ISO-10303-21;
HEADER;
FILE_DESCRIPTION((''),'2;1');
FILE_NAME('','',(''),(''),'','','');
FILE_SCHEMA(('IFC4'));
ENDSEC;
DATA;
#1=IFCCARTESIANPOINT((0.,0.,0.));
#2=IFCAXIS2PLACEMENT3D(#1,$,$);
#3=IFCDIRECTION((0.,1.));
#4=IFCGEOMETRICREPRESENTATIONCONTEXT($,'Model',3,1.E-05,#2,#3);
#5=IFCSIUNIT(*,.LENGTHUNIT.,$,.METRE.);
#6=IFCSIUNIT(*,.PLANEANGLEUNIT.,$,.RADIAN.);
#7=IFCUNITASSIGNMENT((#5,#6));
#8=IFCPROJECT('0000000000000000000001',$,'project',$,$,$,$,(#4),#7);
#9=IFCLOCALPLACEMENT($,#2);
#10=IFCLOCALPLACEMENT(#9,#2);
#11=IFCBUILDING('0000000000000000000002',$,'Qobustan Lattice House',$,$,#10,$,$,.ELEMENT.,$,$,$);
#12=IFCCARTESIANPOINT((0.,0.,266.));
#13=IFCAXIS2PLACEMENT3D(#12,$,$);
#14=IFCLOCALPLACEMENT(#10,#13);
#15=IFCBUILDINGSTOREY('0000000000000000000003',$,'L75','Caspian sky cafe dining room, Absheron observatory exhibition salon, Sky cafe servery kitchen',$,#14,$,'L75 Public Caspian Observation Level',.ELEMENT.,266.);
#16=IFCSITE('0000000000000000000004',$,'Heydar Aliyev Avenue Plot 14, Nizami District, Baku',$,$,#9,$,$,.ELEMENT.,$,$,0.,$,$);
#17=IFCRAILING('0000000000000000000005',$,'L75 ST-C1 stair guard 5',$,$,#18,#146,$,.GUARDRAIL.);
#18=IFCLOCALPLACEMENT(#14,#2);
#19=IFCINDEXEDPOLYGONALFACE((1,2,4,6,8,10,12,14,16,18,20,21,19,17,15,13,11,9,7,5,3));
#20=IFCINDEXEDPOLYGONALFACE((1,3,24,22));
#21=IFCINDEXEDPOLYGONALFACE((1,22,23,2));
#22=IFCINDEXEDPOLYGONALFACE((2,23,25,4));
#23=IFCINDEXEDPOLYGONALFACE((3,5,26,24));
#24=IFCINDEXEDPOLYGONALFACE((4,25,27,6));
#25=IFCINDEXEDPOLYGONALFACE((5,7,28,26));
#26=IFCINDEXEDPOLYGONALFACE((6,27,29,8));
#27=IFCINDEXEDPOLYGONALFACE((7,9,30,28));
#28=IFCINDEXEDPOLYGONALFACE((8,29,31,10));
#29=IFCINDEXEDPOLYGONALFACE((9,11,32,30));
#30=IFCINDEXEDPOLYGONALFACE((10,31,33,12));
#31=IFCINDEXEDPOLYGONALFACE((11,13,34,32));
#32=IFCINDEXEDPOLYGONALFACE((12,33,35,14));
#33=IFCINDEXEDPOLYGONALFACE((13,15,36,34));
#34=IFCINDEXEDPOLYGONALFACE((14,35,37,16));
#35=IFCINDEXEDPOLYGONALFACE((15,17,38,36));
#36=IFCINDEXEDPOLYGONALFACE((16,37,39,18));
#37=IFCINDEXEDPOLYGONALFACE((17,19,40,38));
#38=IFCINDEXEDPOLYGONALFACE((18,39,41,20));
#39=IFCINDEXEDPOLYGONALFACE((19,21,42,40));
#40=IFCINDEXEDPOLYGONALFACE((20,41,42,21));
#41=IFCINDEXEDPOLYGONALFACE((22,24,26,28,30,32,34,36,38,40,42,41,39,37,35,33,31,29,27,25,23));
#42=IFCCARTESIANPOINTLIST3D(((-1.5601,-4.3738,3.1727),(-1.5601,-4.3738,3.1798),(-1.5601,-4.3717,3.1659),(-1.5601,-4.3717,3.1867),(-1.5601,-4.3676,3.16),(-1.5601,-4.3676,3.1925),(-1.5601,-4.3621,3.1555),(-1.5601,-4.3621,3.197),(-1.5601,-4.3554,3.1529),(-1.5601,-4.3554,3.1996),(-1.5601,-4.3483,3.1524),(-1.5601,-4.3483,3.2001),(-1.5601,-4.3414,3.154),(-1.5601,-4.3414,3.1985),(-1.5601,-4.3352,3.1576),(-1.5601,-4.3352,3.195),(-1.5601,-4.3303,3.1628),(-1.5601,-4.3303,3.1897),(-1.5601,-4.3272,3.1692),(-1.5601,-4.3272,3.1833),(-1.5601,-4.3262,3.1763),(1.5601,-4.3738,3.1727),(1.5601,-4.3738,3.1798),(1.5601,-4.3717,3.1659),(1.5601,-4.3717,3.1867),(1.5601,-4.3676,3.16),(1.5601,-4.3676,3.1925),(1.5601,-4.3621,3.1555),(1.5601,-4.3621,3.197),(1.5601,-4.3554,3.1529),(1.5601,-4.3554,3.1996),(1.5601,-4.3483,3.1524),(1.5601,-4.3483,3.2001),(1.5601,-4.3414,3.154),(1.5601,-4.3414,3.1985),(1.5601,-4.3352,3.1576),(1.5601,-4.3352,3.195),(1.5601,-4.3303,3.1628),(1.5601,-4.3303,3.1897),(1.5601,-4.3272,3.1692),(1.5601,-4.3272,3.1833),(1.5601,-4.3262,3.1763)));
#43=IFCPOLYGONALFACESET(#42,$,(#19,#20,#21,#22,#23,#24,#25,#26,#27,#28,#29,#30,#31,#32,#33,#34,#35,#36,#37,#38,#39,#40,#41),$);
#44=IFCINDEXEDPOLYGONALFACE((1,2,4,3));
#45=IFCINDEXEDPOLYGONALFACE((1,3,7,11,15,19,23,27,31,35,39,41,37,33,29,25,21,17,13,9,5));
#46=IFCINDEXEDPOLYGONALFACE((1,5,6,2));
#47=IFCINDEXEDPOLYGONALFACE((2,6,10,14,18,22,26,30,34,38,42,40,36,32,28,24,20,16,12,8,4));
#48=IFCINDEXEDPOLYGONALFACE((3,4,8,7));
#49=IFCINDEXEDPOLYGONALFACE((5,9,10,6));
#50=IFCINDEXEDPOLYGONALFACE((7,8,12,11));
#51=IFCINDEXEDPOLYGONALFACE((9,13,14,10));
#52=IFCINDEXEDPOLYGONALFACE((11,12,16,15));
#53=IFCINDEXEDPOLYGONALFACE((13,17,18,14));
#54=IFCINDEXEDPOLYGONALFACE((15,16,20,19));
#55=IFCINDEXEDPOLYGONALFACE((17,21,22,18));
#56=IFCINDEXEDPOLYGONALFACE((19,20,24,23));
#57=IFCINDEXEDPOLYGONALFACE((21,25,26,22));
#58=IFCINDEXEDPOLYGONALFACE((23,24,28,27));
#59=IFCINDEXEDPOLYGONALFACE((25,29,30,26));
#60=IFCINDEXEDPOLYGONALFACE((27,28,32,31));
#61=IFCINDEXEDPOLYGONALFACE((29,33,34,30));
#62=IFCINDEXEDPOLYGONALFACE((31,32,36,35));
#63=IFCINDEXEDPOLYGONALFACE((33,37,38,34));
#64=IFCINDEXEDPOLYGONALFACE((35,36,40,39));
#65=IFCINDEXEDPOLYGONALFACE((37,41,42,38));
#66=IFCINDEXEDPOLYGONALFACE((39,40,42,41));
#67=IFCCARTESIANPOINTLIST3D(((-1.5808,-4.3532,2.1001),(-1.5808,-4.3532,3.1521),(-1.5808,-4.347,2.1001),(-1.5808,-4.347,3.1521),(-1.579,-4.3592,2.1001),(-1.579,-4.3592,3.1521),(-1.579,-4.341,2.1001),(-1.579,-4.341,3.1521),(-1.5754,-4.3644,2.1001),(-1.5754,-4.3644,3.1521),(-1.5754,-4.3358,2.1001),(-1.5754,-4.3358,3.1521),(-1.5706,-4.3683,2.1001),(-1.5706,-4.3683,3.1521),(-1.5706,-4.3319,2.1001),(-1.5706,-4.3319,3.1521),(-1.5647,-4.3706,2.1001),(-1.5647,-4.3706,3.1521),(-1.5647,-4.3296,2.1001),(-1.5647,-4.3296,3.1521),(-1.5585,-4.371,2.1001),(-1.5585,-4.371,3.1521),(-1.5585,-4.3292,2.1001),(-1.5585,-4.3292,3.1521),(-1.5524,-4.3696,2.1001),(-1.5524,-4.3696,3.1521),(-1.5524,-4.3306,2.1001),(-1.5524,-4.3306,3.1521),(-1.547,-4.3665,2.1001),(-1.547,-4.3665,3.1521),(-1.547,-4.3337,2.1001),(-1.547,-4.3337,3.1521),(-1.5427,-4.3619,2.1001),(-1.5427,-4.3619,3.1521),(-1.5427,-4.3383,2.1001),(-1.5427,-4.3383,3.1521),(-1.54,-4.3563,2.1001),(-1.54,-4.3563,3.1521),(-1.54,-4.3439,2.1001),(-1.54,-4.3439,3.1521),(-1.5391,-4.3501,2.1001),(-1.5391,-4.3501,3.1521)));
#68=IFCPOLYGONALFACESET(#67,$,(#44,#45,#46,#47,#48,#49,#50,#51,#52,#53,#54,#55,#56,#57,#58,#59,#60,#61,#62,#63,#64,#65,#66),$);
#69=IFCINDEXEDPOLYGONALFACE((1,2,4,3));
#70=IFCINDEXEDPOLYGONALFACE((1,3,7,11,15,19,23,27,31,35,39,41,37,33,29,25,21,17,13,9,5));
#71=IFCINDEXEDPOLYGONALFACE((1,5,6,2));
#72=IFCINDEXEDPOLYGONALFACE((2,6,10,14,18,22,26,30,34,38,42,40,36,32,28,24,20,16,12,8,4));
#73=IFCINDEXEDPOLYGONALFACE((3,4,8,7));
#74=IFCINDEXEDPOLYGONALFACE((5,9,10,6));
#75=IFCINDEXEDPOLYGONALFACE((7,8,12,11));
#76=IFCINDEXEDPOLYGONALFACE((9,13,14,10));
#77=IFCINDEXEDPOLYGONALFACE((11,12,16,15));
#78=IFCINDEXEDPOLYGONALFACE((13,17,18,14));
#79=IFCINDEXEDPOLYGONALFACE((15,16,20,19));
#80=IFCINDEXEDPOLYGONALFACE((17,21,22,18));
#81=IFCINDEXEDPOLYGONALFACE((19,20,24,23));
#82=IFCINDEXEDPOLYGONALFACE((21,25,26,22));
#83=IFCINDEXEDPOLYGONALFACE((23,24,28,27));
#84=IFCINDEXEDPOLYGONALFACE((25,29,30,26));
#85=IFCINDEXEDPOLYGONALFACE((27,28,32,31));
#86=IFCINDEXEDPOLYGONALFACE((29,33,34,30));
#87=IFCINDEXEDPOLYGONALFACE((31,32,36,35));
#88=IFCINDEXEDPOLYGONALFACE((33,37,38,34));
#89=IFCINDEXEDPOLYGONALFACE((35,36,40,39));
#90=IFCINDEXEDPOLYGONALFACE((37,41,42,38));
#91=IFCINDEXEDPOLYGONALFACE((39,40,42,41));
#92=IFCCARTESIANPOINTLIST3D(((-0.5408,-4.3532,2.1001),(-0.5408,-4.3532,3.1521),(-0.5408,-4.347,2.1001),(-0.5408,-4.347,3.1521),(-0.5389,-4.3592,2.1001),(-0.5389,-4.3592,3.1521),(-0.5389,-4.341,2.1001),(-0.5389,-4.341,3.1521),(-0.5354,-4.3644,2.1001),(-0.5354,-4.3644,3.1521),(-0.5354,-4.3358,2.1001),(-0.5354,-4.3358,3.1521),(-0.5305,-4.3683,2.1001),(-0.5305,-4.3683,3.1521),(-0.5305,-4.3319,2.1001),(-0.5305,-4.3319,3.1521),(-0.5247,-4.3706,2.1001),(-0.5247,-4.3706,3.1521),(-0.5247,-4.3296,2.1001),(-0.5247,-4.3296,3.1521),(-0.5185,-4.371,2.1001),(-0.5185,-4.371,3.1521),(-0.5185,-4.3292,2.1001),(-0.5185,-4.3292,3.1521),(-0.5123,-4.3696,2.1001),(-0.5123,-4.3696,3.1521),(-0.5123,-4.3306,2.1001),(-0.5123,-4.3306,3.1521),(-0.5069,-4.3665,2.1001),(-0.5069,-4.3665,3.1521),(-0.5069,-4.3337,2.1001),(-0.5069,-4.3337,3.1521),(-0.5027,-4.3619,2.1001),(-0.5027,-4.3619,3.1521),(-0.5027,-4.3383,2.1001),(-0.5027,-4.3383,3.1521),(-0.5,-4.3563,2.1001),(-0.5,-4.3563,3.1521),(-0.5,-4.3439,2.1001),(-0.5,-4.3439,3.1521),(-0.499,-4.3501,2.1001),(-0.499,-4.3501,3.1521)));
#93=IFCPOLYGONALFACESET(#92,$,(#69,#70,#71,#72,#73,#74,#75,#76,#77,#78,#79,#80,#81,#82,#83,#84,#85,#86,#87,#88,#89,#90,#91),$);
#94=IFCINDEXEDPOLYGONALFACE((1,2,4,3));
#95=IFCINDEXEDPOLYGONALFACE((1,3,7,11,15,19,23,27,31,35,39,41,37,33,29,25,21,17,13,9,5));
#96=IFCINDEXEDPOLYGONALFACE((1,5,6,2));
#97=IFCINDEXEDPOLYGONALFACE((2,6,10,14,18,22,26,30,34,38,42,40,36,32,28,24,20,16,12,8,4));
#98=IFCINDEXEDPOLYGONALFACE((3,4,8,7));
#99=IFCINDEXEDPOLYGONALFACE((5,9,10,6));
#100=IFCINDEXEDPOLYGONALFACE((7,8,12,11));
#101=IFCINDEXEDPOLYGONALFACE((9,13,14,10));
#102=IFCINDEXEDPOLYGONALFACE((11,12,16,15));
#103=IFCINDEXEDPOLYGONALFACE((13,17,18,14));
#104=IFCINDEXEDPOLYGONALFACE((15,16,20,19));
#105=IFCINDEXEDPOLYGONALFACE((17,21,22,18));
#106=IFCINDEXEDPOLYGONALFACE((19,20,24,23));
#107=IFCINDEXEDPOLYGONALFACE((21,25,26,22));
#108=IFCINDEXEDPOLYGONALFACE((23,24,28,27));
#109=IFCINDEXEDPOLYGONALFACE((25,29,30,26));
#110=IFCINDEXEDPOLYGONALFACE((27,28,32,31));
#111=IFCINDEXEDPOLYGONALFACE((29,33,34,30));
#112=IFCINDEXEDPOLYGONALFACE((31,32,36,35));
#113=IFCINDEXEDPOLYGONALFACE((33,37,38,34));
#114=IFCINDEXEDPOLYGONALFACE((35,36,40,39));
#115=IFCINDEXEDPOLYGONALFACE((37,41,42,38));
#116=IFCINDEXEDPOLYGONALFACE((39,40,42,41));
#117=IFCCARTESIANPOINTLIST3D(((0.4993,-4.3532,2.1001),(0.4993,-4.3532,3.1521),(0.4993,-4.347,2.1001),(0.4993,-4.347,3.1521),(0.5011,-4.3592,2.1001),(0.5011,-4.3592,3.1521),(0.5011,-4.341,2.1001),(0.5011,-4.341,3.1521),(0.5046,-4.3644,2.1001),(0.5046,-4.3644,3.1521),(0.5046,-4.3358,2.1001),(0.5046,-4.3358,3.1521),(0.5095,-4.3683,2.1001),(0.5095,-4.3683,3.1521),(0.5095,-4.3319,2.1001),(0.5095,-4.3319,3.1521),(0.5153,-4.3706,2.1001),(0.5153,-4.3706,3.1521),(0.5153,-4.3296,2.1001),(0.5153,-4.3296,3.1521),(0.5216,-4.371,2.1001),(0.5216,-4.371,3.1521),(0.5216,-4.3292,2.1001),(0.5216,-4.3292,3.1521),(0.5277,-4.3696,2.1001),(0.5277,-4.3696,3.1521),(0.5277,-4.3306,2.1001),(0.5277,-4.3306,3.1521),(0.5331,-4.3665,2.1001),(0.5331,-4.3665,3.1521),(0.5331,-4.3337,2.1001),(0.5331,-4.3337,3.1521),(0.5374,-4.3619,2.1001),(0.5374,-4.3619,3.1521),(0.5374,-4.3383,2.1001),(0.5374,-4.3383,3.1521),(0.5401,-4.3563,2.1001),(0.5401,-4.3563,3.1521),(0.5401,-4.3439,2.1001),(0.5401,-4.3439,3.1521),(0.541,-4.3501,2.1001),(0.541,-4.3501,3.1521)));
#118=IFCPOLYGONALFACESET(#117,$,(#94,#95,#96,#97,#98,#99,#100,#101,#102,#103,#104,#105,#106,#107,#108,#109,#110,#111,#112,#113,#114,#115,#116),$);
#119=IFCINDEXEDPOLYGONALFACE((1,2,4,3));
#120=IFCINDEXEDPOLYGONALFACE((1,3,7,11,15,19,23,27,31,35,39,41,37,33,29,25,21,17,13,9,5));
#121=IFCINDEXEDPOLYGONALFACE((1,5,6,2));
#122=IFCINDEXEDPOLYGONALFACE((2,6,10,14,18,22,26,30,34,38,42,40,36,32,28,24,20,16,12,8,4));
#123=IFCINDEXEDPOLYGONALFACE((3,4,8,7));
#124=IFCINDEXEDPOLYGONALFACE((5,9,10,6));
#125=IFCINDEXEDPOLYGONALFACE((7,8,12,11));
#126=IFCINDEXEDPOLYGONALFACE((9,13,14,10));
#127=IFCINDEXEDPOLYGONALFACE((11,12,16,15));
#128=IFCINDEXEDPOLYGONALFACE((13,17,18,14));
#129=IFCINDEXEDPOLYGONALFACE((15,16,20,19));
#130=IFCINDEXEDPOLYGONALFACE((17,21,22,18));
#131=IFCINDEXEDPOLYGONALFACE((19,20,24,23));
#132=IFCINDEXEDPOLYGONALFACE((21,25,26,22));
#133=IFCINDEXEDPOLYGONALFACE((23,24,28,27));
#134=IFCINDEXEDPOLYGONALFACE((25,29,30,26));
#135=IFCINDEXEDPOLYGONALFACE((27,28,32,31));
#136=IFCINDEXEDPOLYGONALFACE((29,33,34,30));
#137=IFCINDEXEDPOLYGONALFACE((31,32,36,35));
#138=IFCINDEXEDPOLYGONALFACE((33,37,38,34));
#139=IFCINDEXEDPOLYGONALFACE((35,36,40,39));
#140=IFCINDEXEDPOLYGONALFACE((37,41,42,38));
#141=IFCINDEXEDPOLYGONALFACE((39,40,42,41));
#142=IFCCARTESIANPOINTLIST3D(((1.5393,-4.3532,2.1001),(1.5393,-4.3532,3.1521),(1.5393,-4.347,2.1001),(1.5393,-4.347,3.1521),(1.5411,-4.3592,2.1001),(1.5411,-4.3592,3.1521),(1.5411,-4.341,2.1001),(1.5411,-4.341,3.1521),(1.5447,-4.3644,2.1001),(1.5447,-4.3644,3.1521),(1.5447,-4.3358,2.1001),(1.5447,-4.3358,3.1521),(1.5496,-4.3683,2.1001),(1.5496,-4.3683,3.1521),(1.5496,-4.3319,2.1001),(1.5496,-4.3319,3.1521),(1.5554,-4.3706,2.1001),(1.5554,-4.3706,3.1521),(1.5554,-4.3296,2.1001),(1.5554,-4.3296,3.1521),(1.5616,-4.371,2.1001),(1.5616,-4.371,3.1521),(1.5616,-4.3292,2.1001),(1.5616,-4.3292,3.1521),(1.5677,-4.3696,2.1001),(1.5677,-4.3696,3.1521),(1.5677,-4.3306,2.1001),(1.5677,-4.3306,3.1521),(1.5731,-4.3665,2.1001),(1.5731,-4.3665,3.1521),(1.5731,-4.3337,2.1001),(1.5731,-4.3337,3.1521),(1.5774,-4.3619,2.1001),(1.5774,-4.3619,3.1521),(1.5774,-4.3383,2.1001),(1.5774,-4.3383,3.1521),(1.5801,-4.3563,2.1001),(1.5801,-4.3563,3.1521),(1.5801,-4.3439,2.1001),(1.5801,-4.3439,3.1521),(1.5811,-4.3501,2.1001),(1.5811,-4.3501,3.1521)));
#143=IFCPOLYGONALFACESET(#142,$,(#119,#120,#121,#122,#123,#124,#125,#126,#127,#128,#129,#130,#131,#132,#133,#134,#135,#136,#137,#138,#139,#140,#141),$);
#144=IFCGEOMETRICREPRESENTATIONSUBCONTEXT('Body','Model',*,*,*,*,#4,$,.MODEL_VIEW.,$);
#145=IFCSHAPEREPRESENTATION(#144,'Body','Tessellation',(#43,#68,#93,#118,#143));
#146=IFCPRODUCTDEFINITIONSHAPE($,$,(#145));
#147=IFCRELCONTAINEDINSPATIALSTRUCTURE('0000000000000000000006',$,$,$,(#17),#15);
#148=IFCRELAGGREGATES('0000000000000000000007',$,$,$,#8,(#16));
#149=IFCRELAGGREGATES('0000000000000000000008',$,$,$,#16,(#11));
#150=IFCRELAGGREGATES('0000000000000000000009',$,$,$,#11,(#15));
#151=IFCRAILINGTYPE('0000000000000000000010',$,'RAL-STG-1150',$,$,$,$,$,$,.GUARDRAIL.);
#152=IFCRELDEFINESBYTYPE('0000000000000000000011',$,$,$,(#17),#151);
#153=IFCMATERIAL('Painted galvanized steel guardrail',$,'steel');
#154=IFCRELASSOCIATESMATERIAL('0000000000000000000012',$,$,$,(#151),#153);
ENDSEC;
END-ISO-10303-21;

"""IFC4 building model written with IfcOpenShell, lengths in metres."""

from ifc_helpers import new_model, si_unit, direction, frame, origin, origin_2d, place, context, subcontext, project, spatial, circle, extrude, material, type_object, element, save


model = new_model("IFC4")

# Units and contexts
model_context = context("Model", 3, precision=1e-05, world=origin(), true_north=direction((0.0, 1.0)))
body_context = subcontext(model_context, "Body", "Model", "MODEL_VIEW")
ifc_project = project(units=[si_unit("LENGTHUNIT", "METRE"), si_unit("PLANEANGLEUNIT", "RADIAN")], contexts=[model_context])

# Site, building, storey
site_placement = place(None, origin())
site = spatial("IfcSite", under=ifc_project, at=site_placement, Name="Heydar Aliyev Avenue Plot 14, Nizami District, Baku", CompositionType="ELEMENT", RefElevation=0.0)
building_placement = place(site_placement, origin())
building = spatial("IfcBuilding", under=site, at=building_placement, Name="Qobustan Lattice House", CompositionType="ELEMENT")
storey_placement = place(building_placement, frame((0.0, 0.0, 266.0)))
storey = spatial("IfcBuildingStorey", under=building, at=storey_placement, Name="L75", Description="Caspian sky cafe dining room, Absheron observatory exhibition salon, Sky cafe servery kitchen", LongName="L75 Public Caspian Observation Level", CompositionType="ELEMENT", Elevation=266.0)

# Railing
ifc_material_1 = material(Name="Painted galvanized steel guardrail", Category="steel")
railing_type = type_object("IfcRailingType", Name="RAL-STG-1150", PredefinedType="GUARDRAIL", material=ifc_material_1)
railing_1_placement = place(storey_placement, frame((-1.5601, -4.3501, 2.1001)))
element("IfcRailing", 1, at=railing_1_placement, inside=storey, type_object=railing_type, Name="L75 ST-C1 stair guard 5", PredefinedType="GUARDRAIL", context=body_context, shape_type="SweptSolid", body=[
    extrude(circle(Radius=0.0239, at=origin_2d()), frame((0.0, 0.0, 1.0762), z_axis=(1.0, 0.0, 0.0), x_axis=(0.0, 1.0, 0.0)), (0.0, 0.0, 1.0), 3.1201),
    extrude(circle(Radius=0.021, at=origin_2d()), origin(), (0.0, 0.0, 1.0), 1.052),
    extrude(circle(Radius=0.021, at=origin_2d()), frame((1.04, 0.0, 0.0)), (0.0, 0.0, 1.0), 1.052),
    extrude(circle(Radius=0.021, at=origin_2d()), frame((2.0801, 0.0, 0.0)), (0.0, 0.0, 1.0), 1.052),
    extrude(circle(Radius=0.021, at=origin_2d()), frame((3.1201, 0.0, 0.0)), (0.0, 0.0, 1.0), 1.052),
])

save(model, "model.ifc")
